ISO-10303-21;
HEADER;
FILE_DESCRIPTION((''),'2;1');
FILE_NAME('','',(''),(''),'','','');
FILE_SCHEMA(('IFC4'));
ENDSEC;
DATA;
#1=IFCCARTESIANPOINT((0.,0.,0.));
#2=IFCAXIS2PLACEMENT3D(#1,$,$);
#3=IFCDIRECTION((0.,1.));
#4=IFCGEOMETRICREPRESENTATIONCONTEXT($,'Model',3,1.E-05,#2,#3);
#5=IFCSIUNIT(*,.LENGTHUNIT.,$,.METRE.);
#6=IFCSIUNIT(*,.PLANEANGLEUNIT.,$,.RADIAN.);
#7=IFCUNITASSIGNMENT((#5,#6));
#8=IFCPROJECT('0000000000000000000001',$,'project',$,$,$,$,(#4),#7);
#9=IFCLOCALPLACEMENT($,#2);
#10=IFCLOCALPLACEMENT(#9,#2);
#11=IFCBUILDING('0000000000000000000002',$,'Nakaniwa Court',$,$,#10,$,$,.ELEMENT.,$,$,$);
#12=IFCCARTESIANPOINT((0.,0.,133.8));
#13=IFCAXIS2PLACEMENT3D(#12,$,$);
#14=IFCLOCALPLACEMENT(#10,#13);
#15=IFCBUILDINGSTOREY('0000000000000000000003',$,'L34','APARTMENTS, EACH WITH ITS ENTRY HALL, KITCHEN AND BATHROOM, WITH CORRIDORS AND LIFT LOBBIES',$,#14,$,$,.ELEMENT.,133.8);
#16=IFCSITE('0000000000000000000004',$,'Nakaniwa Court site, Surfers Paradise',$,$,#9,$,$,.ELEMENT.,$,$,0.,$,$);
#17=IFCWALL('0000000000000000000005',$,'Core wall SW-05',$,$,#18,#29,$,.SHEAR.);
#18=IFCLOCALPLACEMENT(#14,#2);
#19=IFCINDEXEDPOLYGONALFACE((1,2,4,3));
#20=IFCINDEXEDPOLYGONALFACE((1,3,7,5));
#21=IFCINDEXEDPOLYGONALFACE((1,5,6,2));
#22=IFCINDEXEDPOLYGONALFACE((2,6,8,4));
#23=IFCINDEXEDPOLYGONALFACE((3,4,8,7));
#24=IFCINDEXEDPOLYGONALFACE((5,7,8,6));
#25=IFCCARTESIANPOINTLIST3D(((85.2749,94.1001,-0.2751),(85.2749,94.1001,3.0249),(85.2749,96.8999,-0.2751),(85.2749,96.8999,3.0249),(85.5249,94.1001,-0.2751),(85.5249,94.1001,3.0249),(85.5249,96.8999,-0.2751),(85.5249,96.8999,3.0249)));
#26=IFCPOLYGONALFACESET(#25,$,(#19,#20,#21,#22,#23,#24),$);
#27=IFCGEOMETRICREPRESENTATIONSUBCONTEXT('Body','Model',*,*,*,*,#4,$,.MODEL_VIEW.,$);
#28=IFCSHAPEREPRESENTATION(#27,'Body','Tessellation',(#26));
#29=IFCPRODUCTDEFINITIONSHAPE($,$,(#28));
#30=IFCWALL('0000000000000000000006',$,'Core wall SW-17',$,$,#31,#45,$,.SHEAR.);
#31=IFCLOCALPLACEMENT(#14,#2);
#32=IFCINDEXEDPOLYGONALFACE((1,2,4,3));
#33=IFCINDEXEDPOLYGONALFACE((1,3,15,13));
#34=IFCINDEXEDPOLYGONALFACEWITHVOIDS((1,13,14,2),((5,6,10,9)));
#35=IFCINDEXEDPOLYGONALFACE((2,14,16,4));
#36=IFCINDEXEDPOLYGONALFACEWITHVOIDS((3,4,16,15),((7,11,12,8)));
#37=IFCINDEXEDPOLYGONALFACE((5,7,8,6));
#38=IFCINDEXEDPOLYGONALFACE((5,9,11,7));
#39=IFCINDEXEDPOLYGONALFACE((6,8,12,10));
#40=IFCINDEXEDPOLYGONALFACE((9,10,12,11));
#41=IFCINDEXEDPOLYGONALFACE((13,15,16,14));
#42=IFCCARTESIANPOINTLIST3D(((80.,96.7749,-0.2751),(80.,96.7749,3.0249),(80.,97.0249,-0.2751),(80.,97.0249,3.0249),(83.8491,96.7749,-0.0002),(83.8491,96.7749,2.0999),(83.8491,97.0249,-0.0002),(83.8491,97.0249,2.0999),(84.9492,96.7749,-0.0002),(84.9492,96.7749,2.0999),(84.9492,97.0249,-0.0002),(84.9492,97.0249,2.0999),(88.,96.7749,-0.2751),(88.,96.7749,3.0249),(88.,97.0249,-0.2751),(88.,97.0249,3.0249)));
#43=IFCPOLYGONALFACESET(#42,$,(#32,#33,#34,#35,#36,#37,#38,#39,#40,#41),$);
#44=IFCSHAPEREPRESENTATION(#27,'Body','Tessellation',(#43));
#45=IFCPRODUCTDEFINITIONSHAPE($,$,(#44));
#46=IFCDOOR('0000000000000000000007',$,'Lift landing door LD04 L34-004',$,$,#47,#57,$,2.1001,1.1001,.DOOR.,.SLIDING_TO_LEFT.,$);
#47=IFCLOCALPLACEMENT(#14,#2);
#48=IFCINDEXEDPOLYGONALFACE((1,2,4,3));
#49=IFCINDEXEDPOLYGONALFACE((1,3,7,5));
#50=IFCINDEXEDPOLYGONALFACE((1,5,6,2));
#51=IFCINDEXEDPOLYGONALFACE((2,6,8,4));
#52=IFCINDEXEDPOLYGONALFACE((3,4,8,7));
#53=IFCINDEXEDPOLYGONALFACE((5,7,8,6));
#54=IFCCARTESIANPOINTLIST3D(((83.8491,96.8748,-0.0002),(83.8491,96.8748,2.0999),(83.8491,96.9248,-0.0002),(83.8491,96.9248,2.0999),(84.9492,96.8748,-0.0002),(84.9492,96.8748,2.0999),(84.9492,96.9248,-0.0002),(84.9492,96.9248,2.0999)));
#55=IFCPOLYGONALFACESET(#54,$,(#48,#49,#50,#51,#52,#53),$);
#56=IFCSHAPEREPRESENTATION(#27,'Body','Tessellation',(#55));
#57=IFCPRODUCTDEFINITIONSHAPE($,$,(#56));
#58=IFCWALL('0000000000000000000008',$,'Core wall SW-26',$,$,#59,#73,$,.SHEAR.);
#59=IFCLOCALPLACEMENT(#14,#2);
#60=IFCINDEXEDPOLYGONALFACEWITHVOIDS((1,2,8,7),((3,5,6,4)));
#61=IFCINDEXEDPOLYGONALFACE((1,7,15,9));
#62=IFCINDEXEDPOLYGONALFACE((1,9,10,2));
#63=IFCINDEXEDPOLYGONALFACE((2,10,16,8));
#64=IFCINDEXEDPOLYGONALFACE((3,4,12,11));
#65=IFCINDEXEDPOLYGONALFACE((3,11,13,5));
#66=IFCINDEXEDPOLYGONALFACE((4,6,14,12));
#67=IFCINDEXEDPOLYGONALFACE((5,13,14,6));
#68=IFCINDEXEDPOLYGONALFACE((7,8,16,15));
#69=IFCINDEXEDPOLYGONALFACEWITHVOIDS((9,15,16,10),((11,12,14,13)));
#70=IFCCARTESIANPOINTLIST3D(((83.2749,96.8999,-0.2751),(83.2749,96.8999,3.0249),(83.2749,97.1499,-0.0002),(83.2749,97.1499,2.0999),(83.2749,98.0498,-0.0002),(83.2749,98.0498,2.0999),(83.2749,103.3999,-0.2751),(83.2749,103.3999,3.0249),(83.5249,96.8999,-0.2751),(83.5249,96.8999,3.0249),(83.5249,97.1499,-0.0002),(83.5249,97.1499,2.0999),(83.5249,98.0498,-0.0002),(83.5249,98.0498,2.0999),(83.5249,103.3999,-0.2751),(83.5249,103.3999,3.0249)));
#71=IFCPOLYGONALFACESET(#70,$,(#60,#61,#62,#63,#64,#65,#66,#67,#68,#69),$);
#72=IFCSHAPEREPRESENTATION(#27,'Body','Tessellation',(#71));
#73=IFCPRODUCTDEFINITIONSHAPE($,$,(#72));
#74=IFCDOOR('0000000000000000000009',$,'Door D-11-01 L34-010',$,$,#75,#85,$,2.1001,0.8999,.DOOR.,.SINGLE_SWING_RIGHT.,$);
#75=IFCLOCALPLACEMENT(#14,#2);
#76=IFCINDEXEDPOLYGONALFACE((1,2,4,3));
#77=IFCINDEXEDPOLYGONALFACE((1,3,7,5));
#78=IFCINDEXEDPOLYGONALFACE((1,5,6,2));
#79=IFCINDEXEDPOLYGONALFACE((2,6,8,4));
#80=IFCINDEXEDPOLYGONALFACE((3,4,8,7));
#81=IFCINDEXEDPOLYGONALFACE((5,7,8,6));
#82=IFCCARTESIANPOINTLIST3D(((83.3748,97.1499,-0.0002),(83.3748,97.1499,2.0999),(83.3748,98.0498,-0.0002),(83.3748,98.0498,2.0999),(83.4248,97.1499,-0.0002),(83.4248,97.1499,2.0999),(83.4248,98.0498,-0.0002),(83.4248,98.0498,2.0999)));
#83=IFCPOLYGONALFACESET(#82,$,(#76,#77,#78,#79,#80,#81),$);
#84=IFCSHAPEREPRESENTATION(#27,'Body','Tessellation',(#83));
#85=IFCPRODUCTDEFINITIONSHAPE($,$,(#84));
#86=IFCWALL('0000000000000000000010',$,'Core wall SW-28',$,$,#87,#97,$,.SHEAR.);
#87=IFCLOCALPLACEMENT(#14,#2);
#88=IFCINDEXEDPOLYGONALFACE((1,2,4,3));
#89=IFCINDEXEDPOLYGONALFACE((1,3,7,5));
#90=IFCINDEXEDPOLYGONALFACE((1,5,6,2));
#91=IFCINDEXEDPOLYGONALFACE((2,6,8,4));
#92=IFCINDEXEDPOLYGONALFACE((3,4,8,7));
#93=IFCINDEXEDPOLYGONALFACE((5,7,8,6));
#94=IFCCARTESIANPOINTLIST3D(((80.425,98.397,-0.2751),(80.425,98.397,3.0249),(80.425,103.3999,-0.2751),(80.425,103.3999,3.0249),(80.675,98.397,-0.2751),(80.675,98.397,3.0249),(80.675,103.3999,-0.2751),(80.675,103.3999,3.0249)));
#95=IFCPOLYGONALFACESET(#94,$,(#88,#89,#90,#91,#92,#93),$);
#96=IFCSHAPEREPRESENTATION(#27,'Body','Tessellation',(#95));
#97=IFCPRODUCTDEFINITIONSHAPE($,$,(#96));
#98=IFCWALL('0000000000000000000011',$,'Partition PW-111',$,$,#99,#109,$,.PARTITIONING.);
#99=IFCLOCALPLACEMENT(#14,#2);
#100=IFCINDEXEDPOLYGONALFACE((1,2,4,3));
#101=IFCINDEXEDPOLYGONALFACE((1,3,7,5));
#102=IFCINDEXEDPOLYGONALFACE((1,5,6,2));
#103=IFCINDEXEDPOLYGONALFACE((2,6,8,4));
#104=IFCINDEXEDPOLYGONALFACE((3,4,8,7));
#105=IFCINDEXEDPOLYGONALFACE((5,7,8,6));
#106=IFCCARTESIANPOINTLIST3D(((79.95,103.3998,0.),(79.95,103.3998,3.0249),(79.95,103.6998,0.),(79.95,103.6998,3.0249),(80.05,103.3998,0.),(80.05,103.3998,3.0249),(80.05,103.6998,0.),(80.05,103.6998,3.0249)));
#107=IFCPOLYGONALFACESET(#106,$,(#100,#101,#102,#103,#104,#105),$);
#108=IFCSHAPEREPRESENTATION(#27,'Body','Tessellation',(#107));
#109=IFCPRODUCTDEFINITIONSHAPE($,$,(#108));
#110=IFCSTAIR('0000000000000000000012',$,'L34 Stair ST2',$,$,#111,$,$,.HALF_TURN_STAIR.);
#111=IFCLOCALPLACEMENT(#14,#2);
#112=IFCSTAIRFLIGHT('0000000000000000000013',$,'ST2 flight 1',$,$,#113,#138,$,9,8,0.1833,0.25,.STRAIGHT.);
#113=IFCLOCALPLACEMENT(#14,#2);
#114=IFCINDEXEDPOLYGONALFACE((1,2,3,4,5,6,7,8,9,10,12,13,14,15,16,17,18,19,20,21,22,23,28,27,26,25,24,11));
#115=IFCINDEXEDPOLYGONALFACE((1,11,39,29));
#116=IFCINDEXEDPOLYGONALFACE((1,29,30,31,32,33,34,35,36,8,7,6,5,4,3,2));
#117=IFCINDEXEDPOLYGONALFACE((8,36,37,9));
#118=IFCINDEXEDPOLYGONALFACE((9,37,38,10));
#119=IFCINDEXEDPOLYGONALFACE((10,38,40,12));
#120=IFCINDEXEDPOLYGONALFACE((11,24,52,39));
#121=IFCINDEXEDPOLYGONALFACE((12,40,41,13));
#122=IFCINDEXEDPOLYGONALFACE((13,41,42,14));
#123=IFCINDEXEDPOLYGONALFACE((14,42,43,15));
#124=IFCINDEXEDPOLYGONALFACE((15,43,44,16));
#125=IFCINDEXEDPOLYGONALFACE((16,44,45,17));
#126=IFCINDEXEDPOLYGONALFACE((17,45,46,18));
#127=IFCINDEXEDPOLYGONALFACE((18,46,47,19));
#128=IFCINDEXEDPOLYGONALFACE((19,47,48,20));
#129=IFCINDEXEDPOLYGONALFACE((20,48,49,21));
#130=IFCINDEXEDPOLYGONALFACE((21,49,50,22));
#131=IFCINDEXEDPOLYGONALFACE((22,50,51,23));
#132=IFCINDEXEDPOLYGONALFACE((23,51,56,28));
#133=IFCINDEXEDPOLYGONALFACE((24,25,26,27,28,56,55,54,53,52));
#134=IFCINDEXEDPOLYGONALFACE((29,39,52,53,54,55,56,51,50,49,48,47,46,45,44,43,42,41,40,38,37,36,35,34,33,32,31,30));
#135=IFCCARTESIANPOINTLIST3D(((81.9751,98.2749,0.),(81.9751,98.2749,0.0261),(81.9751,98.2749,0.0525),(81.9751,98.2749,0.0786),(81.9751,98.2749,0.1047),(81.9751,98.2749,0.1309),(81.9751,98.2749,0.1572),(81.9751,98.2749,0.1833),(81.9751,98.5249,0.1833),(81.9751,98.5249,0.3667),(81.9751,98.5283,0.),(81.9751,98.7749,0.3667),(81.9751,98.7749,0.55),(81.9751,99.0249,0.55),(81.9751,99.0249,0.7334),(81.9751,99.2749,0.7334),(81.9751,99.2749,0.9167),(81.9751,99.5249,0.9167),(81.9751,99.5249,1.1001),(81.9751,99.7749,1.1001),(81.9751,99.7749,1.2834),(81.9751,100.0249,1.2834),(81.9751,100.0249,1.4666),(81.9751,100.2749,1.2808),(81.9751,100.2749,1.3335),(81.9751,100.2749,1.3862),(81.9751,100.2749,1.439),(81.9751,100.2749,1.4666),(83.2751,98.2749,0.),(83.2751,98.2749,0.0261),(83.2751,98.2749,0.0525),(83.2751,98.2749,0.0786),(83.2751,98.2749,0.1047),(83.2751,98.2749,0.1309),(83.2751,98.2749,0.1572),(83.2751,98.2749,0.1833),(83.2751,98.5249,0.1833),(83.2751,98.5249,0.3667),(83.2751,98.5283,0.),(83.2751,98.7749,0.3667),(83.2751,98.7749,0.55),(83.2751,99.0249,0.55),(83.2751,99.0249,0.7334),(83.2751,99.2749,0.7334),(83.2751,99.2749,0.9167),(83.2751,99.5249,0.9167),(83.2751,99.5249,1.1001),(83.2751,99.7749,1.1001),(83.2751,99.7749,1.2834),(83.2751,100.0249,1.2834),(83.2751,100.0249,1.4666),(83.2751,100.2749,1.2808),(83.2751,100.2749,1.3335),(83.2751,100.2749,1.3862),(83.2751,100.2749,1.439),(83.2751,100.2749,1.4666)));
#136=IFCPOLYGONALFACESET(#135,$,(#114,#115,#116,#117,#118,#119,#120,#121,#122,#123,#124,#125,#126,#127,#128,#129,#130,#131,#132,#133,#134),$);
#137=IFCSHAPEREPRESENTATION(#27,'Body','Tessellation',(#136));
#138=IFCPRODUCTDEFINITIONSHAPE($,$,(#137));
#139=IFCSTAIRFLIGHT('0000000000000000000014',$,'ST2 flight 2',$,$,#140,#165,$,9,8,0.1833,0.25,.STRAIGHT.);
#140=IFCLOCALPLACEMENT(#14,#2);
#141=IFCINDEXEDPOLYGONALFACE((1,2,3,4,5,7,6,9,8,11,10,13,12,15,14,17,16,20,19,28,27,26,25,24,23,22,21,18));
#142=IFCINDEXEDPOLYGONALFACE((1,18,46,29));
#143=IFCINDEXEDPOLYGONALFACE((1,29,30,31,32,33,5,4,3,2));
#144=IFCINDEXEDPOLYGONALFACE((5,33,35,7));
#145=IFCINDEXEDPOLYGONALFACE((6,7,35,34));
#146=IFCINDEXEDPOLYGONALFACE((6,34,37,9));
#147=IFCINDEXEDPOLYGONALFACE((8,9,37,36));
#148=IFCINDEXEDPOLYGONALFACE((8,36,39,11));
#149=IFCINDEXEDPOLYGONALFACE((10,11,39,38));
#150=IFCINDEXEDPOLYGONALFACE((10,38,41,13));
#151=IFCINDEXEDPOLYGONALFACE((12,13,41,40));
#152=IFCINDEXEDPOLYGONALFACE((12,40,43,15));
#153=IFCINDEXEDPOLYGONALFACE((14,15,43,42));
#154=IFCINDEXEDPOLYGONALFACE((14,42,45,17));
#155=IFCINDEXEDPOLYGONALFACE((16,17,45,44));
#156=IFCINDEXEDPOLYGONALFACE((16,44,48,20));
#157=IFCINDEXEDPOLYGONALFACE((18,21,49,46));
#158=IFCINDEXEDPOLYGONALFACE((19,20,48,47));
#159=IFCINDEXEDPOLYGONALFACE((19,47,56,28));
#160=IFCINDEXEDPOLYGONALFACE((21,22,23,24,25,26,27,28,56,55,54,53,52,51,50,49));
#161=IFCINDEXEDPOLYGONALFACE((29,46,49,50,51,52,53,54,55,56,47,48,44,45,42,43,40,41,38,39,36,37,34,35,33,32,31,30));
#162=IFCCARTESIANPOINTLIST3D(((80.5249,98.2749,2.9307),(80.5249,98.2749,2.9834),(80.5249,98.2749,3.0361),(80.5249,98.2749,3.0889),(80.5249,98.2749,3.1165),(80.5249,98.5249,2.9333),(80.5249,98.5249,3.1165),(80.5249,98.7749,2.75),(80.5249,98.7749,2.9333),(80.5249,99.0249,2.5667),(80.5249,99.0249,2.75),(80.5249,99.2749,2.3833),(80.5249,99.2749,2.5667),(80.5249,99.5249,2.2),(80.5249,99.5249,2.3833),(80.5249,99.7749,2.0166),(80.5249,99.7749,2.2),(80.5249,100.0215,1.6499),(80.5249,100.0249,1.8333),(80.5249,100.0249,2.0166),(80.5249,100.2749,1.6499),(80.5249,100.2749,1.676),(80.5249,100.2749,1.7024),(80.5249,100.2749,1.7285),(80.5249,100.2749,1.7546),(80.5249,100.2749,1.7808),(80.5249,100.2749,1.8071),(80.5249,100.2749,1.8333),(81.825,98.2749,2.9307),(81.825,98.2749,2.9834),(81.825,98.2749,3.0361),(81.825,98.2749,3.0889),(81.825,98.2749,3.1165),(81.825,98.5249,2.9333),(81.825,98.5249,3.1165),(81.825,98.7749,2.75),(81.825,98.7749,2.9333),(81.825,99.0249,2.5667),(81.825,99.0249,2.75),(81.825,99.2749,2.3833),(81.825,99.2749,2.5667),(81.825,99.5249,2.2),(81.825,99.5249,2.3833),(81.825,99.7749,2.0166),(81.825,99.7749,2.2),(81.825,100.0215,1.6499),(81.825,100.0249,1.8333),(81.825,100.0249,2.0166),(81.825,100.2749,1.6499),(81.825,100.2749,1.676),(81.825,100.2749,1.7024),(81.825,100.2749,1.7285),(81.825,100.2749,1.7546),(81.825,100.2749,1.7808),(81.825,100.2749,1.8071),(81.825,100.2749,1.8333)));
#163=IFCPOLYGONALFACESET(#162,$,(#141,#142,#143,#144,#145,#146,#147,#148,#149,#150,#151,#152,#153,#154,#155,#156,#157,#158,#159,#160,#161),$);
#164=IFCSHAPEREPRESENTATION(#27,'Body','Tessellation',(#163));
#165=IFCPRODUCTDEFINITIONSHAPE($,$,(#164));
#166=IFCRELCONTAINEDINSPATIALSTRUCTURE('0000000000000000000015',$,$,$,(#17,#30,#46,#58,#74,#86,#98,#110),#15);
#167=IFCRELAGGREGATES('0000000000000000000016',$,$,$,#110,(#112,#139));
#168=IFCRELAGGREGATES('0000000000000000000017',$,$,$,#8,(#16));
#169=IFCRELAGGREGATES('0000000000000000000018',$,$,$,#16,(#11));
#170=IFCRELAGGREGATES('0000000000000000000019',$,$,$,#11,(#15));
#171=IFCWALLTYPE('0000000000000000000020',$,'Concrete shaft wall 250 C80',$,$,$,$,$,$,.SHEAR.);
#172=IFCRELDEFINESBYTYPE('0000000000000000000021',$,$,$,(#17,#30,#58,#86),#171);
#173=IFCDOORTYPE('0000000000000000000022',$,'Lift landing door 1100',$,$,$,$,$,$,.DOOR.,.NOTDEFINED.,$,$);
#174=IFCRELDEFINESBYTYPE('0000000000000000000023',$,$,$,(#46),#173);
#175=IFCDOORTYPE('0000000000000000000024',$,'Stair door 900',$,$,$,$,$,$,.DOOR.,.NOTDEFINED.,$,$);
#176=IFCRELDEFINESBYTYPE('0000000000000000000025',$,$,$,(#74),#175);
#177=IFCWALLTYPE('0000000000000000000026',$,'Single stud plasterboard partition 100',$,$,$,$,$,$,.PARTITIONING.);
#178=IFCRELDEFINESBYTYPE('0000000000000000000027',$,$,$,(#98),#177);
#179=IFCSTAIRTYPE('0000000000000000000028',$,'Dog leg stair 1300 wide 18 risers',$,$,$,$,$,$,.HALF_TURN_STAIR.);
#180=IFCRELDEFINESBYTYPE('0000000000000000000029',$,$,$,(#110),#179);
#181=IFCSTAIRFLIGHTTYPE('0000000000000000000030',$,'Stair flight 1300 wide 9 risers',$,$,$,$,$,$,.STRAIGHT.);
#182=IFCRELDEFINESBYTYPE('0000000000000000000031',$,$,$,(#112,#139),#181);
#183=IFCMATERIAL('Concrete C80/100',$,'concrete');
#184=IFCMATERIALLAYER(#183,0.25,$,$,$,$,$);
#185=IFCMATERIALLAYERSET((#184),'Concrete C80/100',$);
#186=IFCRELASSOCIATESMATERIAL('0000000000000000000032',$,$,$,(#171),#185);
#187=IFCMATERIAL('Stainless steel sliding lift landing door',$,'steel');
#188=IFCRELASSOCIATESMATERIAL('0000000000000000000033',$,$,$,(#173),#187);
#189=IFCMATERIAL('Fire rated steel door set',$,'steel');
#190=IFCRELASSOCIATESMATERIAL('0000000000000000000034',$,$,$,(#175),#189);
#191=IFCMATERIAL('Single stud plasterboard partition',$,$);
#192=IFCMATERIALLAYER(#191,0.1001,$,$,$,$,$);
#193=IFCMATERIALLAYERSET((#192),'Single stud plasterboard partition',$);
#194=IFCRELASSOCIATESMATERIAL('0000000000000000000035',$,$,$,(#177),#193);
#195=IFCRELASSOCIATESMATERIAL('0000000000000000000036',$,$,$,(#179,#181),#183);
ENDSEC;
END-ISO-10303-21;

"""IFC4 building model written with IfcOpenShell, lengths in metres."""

from ifc_helpers import new_model, si_unit, direction, frame, frame_2d, origin, place, context, subcontext, project, spatial, polyline, rectangle, outline, extrude, material, layer, layer_set, type_object, element, fill, aggregate, save


model = new_model("IFC4")

# Units and contexts
model_context = context("Model", 3, precision=1e-05, world=origin(), true_north=direction((0.0, 1.0)))
body_context = subcontext(model_context, "Body", "Model", "MODEL_VIEW")
ifc_project = project(units=[si_unit("LENGTHUNIT", "METRE"), si_unit("PLANEANGLEUNIT", "RADIAN")], contexts=[model_context])

# Site, building, storey
site_placement = place(None, origin())
site = spatial("IfcSite", under=ifc_project, at=site_placement, Name="Nakaniwa Court site, Surfers Paradise", CompositionType="ELEMENT", RefElevation=0.0)
building_placement = place(site_placement, origin())
building = spatial("IfcBuilding", under=site, at=building_placement, Name="Nakaniwa Court", CompositionType="ELEMENT")
storey_placement = place(building_placement, frame((0.0, 0.0, 133.8)))
storey = spatial("IfcBuildingStorey", under=building, at=storey_placement, Name="L34", Description="APARTMENTS, EACH WITH ITS ENTRY HALL, KITCHEN AND BATHROOM, WITH CORRIDORS AND LIFT LOBBIES", CompositionType="ELEMENT", Elevation=133.8)

# Shared definitions
ifc_material_1 = material(Name="Fire rated steel door set", Category="steel")

# Shared definitions
ifc_material_2 = material(Name="Concrete C80/100", Category="concrete")

# Wall
ifc_layer_1 = layer(ifc_material_2, 0.25)
ifc_layer_set_1 = layer_set([ifc_layer_1], Name="Concrete C80/100")
wall_type_1 = type_object("IfcWallType", Name="Concrete shaft wall 250 C80", PredefinedType="SHEAR", material=ifc_layer_set_1)
wall_1_placement = place(storey_placement, frame((85.3999, 94.1001, -0.2751), z_axis=(0.0, 0.0, 1.0), x_axis=(0.0, 1.0, 0.0)))
element("IfcWall", 1, at=wall_1_placement, inside=storey, type_object=wall_type_1, Name="Core wall SW-05", PredefinedType="SHEAR", context=body_context, shape_type="SweptSolid", body=[
    extrude(rectangle(XDim=2.7998, YDim=0.25, at=frame_2d((1.3999, 0.0))), origin(), (0.0, 0.0, 1.0), 3.3),
])

# Walls, openings, doors
wall_2_placement = place(storey_placement, frame((80.0, 96.8999, -0.2751), z_axis=(0.0, 0.0, 1.0), x_axis=(1.0, 0.0, 0.0)))
wall_2 = element("IfcWall", 2, at=wall_2_placement, inside=storey, type_object=wall_type_1, Name="Core wall SW-17", PredefinedType="SHEAR", context=body_context, shape_type="SweptSolid", body=[
    extrude(rectangle(XDim=8.0, YDim=0.25, at=frame_2d((4.0, 0.0))), origin(), (0.0, 0.0, 1.0), 3.3),
])
opening_1_placement = place(wall_2_placement, frame((3.8491, 0.0, 0.2749)))
opening_1 = element("IfcOpeningElement", 3, at=opening_1_placement, cuts=wall_2, PredefinedType="OPENING", context=body_context, shape_type="SweptSolid", body=[
    extrude(rectangle(XDim=1.1001, YDim=2.1001, at=frame_2d((0.55, 1.05))), frame((0.0, 0.135, 0.0), z_axis=(0.0, -1.0, 0.0), x_axis=(1.0, 0.0, 0.0)), (0.0, 0.0, 1.0), 0.27),
])
ifc_material_3 = material(Name="Stainless steel sliding lift landing door", Category="steel")
door_type_1 = type_object("IfcDoorType", Name="Lift landing door 1100", OperationType="NOTDEFINED", PredefinedType="DOOR", material=ifc_material_3)
door_1_placement = place(opening_1_placement, origin())
door_1 = element("IfcDoor", 4, at=door_1_placement, inside=storey, type_object=door_type_1, Name="Lift landing door LD04 L34-004", OperationType="SLIDING_TO_LEFT", OverallHeight=2.1001, OverallWidth=1.1001, PredefinedType="DOOR", context=body_context, shape_type="SweptSolid", body=[
    extrude(rectangle(XDim=1.1001, YDim=2.1001, at=frame_2d((0.55, 1.05))), frame((0.0, 0.0249, 0.0), z_axis=(0.0, -1.0, 0.0), x_axis=(1.0, 0.0, 0.0)), (0.0, 0.0, 1.0), 0.05),
])
fill(opening_1, door_1)
wall_3_placement = place(storey_placement, frame((83.3999, 103.3999, -0.2751), z_axis=(0.0, 0.0, 1.0), x_axis=(0.0, -1.0, 0.0)))
wall_3 = element("IfcWall", 5, at=wall_3_placement, inside=storey, type_object=wall_type_1, Name="Core wall SW-26", PredefinedType="SHEAR", context=body_context, shape_type="SweptSolid", body=[
    extrude(rectangle(XDim=6.5, YDim=0.25, at=frame_2d((3.25, 0.0))), origin(), (0.0, 0.0, 1.0), 3.3),
])
opening_2_placement = place(wall_3_placement, frame((5.3501, 0.0, 0.2749)))
opening_2 = element("IfcOpeningElement", 6, at=opening_2_placement, cuts=wall_3, PredefinedType="OPENING", context=body_context, shape_type="SweptSolid", body=[
    extrude(rectangle(XDim=0.8999, YDim=2.1001, at=frame_2d((0.45, 1.05))), frame((0.0, 0.135, 0.0), z_axis=(0.0, -1.0, 0.0), x_axis=(1.0, 0.0, 0.0)), (0.0, 0.0, 1.0), 0.27),
])
door_type_2 = type_object("IfcDoorType", Name="Stair door 900", OperationType="NOTDEFINED", PredefinedType="DOOR", material=ifc_material_1)
door_2_placement = place(opening_2_placement, origin())
door_2 = element("IfcDoor", 7, at=door_2_placement, inside=storey, type_object=door_type_2, Name="Door D-11-01 L34-010", OperationType="SINGLE_SWING_RIGHT", OverallHeight=2.1001, OverallWidth=0.8999, PredefinedType="DOOR", context=body_context, shape_type="SweptSolid", body=[
    extrude(rectangle(XDim=0.8999, YDim=2.1001, at=frame_2d((0.45, 1.05))), frame((0.0, 0.0249, 0.0), z_axis=(0.0, -1.0, 0.0), x_axis=(1.0, 0.0, 0.0)), (0.0, 0.0, 1.0), 0.05),
])
fill(opening_2, door_2)

# Walls
wall_4_placement = place(storey_placement, frame((80.55, 98.397, -0.2751), z_axis=(0.0, 0.0, 1.0), x_axis=(0.0, 1.0, 0.0)))
element("IfcWall", 8, at=wall_4_placement, inside=storey, type_object=wall_type_1, Name="Core wall SW-28", PredefinedType="SHEAR", context=body_context, shape_type="SweptSolid", body=[
    extrude(rectangle(XDim=5.0029, YDim=0.25, at=frame_2d((2.5015, 0.0))), origin(), (0.0, 0.0, 1.0), 3.3),
])
ifc_material_4 = material(Name="Single stud plasterboard partition")
ifc_layer_2 = layer(ifc_material_4, 0.1001)
ifc_layer_set_2 = layer_set([ifc_layer_2], Name="Single stud plasterboard partition")
wall_type_2 = type_object("IfcWallType", Name="Single stud plasterboard partition 100", PredefinedType="PARTITIONING", material=ifc_layer_set_2)
wall_5_placement = place(storey_placement, frame((80.0, 103.3999, 0.0), z_axis=(0.0, 0.0, 1.0), x_axis=(0.0, 1.0, 0.0)))
element("IfcWall", 9, at=wall_5_placement, inside=storey, type_object=wall_type_2, Name="Partition PW-111", PredefinedType="PARTITIONING", context=body_context, shape_type="SweptSolid", body=[
    extrude(rectangle(XDim=0.3, YDim=0.1001, at=frame_2d((0.1499, 0.0))), origin(), (0.0, 0.0, 1.0), 3.0249),
])

# Stair, stair flights
stair_type = type_object("IfcStairType", Name="Dog leg stair 1300 wide 18 risers", PredefinedType="HALF_TURN_STAIR", material=ifc_material_2)
stair_placement = place(storey_placement, origin())
stair = element("IfcStair", 10, at=stair_placement, inside=storey, type_object=stair_type, Name="L34 Stair ST2", PredefinedType="HALF_TURN_STAIR")
stair_flight_type = type_object("IfcStairFlightType", Name="Stair flight 1300 wide 9 risers", PredefinedType="STRAIGHT", material=ifc_material_2)
stair_flight_1_placement = place(storey_placement, frame((82.625, 98.2749, 0.0), z_axis=(0.0, 0.0, 1.0), x_axis=(0.0, 1.0, 0.0)))
stair_flight_1 = element("IfcStairFlight", 11, at=stair_flight_1_placement, type_object=stair_flight_type, Name="ST2 flight 1", NumberOfRisers=9, NumberOfTreads=8, PredefinedType="STRAIGHT", RiserHeight=0.1833, TreadLength=0.25, context=body_context, shape_type="SweptSolid", body=[
    extrude(outline(polyline([(0.0, 0.0), (0.0, 0.0261), (0.0, 0.0525), (0.0, 0.0786), (0.0, 0.1047), (0.0, 0.1309), (0.0, 0.1572), (0.0, 0.1833), (0.25, 0.1833), (0.25, 0.3667), (0.5, 0.3667), (0.5, 0.55), (0.75, 0.55), (0.75, 0.7334), (1.0, 0.7334), (1.0, 0.9167), (1.25, 0.9167), (1.25, 1.1001), (1.5, 1.1001), (1.5, 1.2834), (1.75, 1.2834), (1.75, 1.4666), (2.0, 1.4666), (2.0, 1.6499), (2.0, 1.5972), (2.0, 1.5444), (2.0, 1.4917), (2.0, 1.439), (2.0, 1.3862), (2.0, 1.3335), (2.0, 1.2808), (0.2534, 0.0), (0.0, 0.0)])), frame((0.0, 0.6499, 0.0), z_axis=(0.0, -1.0, 0.0), x_axis=(1.0, 0.0, 0.0)), (0.0, 0.0, 1.0), 1.3),
])
stair_flight_2_placement = place(storey_placement, frame((81.175, 100.2749, 1.6499), z_axis=(0.0, 0.0, 1.0), x_axis=(0.0, -1.0, 0.0)))
stair_flight_2 = element("IfcStairFlight", 12, at=stair_flight_2_placement, type_object=stair_flight_type, Name="ST2 flight 2", NumberOfRisers=9, NumberOfTreads=8, PredefinedType="STRAIGHT", RiserHeight=0.1833, TreadLength=0.25, context=body_context, shape_type="SweptSolid", body=[
    extrude(outline(polyline([(0.0, 0.0), (0.0, 0.0261), (0.0, 0.0525), (0.0, 0.0786), (0.0, 0.1047), (0.0, 0.1309), (0.0, 0.1572), (0.0, 0.1833), (0.25, 0.1833), (0.25, 0.3667), (0.5, 0.3667), (0.5, 0.55), (0.75, 0.55), (0.75, 0.7334), (1.0, 0.7334), (1.0, 0.9167), (1.25, 0.9167), (1.25, 1.1001), (1.5, 1.1001), (1.5, 1.2834), (1.75, 1.2834), (1.75, 1.4666), (2.0, 1.4666), (2.0, 1.6499), (2.0, 1.5972), (2.0, 1.5444), (2.0, 1.4917), (2.0, 1.439), (2.0, 1.3862), (2.0, 1.3335), (2.0, 1.2808), (0.2534, 0.0), (0.0, 0.0)])), frame((0.0, 0.6499, 0.0), z_axis=(0.0, -1.0, 0.0), x_axis=(1.0, 0.0, 0.0)), (0.0, 0.0, 1.0), 1.3),
])
aggregate(stair, [stair_flight_1, stair_flight_2])

save(model, "model.ifc")
